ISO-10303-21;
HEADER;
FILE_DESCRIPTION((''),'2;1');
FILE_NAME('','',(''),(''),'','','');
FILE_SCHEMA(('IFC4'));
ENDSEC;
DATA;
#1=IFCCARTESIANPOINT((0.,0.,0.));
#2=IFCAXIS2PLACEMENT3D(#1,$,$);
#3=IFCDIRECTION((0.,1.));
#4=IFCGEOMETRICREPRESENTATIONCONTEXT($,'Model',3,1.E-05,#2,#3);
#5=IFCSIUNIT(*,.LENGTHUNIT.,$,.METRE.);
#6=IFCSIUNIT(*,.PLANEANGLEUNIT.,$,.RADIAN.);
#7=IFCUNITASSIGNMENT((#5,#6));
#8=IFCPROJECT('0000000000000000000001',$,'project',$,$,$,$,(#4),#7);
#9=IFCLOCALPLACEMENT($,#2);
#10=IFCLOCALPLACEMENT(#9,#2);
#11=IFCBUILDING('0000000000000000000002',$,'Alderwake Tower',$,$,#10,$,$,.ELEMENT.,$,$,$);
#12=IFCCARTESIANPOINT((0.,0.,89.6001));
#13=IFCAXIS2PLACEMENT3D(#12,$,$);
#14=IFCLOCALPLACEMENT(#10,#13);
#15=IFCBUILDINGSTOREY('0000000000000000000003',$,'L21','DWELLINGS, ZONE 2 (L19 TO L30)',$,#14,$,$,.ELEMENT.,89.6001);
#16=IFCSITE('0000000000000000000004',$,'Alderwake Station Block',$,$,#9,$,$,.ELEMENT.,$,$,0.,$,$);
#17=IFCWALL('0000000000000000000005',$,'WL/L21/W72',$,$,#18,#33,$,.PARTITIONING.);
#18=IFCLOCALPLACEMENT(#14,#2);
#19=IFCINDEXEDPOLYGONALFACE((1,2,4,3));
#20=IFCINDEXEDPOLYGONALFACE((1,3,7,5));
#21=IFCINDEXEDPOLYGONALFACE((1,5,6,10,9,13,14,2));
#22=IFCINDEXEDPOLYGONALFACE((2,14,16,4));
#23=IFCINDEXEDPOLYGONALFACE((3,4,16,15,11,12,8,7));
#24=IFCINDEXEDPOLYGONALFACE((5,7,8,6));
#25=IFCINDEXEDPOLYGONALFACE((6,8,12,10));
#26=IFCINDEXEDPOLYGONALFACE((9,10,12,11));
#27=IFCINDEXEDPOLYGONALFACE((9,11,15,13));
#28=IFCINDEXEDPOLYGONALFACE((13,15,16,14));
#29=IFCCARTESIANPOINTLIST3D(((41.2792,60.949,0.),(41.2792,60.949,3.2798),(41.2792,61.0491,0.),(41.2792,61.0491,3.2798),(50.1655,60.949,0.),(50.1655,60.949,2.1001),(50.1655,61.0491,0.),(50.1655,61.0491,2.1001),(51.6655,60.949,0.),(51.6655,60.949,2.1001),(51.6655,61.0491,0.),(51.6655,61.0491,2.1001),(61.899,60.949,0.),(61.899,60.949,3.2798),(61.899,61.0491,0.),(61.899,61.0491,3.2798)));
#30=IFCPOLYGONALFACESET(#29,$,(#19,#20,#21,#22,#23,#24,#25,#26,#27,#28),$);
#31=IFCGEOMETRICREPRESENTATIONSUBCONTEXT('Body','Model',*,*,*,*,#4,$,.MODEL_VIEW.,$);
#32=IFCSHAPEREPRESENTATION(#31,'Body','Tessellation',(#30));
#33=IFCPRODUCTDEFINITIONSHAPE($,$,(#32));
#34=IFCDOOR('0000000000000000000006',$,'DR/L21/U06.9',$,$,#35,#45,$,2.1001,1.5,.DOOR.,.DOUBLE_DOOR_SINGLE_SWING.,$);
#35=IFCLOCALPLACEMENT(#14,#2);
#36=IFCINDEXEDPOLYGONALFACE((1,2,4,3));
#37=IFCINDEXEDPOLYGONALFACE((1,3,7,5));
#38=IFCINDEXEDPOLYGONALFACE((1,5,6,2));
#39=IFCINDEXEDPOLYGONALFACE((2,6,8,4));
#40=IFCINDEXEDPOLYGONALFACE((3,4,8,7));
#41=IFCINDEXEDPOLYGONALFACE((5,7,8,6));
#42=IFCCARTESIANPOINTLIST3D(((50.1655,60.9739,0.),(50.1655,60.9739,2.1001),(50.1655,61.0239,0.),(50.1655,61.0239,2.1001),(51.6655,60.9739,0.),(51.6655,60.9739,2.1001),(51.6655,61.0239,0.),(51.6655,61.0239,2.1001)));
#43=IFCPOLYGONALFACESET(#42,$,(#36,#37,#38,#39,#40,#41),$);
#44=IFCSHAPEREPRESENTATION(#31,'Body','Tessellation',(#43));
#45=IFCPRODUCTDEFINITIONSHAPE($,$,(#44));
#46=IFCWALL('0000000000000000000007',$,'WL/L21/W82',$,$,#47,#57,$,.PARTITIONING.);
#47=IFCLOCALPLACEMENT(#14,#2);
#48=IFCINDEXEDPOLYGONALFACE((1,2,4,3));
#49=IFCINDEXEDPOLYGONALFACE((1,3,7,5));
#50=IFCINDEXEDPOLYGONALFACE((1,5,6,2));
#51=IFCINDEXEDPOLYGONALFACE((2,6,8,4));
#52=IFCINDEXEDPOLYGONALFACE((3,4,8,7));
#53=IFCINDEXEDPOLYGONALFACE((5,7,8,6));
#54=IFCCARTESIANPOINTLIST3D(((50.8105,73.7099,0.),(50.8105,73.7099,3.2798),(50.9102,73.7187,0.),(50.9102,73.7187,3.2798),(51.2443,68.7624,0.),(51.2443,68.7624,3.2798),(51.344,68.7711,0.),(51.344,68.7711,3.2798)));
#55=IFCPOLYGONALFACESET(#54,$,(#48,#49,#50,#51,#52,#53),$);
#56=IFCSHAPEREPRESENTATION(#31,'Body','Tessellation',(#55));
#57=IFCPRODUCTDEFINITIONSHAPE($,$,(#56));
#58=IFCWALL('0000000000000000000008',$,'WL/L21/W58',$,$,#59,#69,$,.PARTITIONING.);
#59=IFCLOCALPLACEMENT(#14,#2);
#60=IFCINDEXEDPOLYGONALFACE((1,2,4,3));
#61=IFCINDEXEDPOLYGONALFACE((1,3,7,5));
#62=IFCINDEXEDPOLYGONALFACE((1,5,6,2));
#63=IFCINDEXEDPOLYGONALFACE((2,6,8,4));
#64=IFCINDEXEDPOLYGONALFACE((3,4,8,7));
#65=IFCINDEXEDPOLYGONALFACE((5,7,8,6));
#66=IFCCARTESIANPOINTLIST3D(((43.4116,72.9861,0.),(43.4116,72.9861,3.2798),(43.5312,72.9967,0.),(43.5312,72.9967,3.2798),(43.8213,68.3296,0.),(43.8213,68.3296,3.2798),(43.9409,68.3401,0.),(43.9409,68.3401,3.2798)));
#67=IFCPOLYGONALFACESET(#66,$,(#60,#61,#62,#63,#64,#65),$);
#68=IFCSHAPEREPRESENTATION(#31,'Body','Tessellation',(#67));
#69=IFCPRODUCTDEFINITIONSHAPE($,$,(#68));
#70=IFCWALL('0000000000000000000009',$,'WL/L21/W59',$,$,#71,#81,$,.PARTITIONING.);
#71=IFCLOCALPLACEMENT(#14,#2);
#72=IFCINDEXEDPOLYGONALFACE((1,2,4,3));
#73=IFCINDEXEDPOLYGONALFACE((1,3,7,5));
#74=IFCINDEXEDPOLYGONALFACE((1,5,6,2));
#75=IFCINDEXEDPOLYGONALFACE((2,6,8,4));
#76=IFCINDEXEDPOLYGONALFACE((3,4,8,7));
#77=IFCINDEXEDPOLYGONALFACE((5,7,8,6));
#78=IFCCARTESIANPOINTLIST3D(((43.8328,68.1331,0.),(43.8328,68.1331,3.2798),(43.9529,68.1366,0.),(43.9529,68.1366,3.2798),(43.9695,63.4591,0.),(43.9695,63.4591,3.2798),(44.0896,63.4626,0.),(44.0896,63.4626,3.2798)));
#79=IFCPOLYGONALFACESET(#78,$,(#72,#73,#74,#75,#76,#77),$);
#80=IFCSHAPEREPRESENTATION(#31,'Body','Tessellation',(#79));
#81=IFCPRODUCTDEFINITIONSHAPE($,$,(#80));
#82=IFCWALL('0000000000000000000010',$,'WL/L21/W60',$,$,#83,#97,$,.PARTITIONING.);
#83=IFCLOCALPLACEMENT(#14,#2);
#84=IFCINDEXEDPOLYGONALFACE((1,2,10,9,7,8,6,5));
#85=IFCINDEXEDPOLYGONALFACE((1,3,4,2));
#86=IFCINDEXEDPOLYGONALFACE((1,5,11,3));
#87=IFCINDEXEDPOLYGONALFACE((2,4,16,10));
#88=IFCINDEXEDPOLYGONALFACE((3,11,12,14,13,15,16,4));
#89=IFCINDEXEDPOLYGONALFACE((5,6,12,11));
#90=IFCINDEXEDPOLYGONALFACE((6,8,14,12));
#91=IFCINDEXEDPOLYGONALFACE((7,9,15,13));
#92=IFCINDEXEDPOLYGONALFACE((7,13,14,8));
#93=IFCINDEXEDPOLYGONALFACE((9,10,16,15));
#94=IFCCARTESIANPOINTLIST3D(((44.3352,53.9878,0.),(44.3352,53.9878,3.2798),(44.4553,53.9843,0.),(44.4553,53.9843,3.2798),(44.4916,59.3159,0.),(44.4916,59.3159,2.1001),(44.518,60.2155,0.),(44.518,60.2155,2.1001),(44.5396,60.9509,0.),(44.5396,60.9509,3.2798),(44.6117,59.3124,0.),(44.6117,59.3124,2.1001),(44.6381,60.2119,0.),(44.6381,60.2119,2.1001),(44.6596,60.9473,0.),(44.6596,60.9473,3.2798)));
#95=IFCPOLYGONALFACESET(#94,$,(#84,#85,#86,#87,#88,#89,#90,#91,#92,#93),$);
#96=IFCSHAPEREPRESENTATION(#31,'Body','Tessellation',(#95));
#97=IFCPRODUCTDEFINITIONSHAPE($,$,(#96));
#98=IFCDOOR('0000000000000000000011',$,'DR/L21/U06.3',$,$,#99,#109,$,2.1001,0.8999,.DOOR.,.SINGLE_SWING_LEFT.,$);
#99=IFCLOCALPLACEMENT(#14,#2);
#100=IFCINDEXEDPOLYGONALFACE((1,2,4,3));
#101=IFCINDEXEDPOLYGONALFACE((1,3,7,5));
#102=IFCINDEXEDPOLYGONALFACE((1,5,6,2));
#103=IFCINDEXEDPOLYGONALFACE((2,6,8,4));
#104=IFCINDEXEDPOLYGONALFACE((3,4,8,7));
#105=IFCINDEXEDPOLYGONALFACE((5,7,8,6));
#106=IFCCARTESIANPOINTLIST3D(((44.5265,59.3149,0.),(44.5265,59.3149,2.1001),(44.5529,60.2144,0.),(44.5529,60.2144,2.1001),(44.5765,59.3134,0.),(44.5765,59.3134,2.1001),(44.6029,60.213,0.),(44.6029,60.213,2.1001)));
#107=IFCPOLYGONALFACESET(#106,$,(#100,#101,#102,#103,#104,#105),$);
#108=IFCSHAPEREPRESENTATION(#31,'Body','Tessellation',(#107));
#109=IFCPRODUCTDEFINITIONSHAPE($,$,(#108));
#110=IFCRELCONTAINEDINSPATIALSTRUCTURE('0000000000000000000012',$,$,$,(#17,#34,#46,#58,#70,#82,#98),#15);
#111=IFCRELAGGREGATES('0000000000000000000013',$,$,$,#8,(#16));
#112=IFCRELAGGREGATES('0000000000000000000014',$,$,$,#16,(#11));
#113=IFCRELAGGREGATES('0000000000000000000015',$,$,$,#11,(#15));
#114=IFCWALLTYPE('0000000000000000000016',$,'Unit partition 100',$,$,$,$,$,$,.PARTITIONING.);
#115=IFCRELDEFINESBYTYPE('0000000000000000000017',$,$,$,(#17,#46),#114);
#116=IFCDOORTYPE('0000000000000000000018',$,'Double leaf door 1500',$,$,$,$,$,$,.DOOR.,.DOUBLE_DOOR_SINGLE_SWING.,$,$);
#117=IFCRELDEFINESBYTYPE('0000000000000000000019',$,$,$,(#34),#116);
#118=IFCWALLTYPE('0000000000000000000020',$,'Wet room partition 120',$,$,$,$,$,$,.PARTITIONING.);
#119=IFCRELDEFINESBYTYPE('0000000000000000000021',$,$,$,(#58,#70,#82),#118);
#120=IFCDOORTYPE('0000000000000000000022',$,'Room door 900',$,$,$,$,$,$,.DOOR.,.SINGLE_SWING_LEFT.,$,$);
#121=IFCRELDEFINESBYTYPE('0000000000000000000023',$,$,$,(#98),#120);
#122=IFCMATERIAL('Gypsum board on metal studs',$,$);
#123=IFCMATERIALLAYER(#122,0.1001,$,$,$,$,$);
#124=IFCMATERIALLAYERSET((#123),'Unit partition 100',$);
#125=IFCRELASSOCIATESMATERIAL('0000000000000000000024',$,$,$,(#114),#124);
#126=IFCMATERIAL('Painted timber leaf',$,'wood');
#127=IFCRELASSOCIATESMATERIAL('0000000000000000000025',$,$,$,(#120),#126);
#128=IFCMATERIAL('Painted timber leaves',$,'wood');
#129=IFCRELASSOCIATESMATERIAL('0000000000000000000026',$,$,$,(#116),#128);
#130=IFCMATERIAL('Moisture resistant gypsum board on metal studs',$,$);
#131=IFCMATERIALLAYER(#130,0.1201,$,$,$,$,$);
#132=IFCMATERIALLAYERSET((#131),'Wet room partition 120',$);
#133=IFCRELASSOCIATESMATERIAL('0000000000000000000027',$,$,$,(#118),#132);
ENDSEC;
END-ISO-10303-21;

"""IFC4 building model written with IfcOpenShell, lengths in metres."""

from ifc_helpers import new_model, si_unit, direction, frame, frame_2d, origin, place, context, subcontext, project, spatial, rectangle, extrude, material, layer, layer_set, type_object, element, fill, save


model = new_model("IFC4")

# Units and contexts
model_context = context("Model", 3, precision=1e-05, world=origin(), true_north=direction((0.0, 1.0)))
body_context = subcontext(model_context, "Body", "Model", "MODEL_VIEW")
ifc_project = project(units=[si_unit("LENGTHUNIT", "METRE"), si_unit("PLANEANGLEUNIT", "RADIAN")], contexts=[model_context])

# Site, building, storey
site_placement = place(None, origin())
site = spatial("IfcSite", under=ifc_project, at=site_placement, Name="Alderwake Station Block", CompositionType="ELEMENT", RefElevation=0.0)
building_placement = place(site_placement, origin())
building = spatial("IfcBuilding", under=site, at=building_placement, Name="Alderwake Tower", CompositionType="ELEMENT")
storey_placement = place(building_placement, frame((0.0, 0.0, 89.6001)))
storey = spatial("IfcBuildingStorey", under=building, at=storey_placement, Name="L21", Description="DWELLINGS, ZONE 2 (L19 TO L30)", CompositionType="ELEMENT", Elevation=89.6001)

# Shared definitions
ifc_material_1 = material(Name="Gypsum board on metal studs")
ifc_layer_1 = layer(ifc_material_1, 0.1001)
ifc_layer_set_1 = layer_set([ifc_layer_1], Name="Unit partition 100")
wall_type_1 = type_object("IfcWallType", Name="Unit partition 100", PredefinedType="PARTITIONING", material=ifc_layer_set_1)
ifc_material_2 = material(Name="Painted timber leaf", Category="wood")
door_type_1 = type_object("IfcDoorType", Name="Room door 900", OperationType="SINGLE_SWING_LEFT", PredefinedType="DOOR", material=ifc_material_2)

# Wall, opening, door
wall_1_placement = place(storey_placement, frame((41.2791, 60.999, 0.0), z_axis=(0.0, 0.0, 1.0), x_axis=(1.0, 0.0, 0.0)))
wall_1 = element("IfcWall", 1, at=wall_1_placement, inside=storey, type_object=wall_type_1, Name="WL/L21/W72", PredefinedType="PARTITIONING", context=body_context, shape_type="SweptSolid", body=[
    extrude(rectangle(XDim=20.6199, YDim=0.1001, at=frame_2d((10.3101, 0.0))), origin(), (0.0, 0.0, 1.0), 3.2798),
])
opening_1_placement = place(wall_1_placement, frame((8.8865, 0.0, 0.0)))
opening_1 = element("IfcOpeningElement", 2, at=opening_1_placement, cuts=wall_1, PredefinedType="OPENING", context=body_context, shape_type="SweptSolid", body=[
    extrude(rectangle(XDim=1.5, YDim=2.1001, at=frame_2d((0.75, 1.05))), frame((0.0, 0.0601, 0.0), z_axis=(0.0, -1.0, 0.0), x_axis=(1.0, 0.0, 0.0)), (0.0, 0.0, 1.0), 0.1201),
])
ifc_material_3 = material(Name="Painted timber leaves", Category="wood")
door_type_2 = type_object("IfcDoorType", Name="Double leaf door 1500", OperationType="DOUBLE_DOOR_SINGLE_SWING", PredefinedType="DOOR", material=ifc_material_3)
door_1_placement = place(opening_1_placement, origin())
door_1 = element("IfcDoor", 3, at=door_1_placement, inside=storey, type_object=door_type_2, Name="DR/L21/U06.9", OperationType="DOUBLE_DOOR_SINGLE_SWING", OverallHeight=2.1001, OverallWidth=1.5, PredefinedType="DOOR", context=body_context, shape_type="SweptSolid", body=[
    extrude(rectangle(XDim=1.5, YDim=2.1001, at=frame_2d((0.75, 1.05))), frame((0.0, 0.0249, 0.0), z_axis=(0.0, -1.0, 0.0), x_axis=(1.0, 0.0, 0.0)), (0.0, 0.0, 1.0), 0.05),
])
fill(opening_1, door_1)

# Walls
wall_2_placement = place(storey_placement, frame((51.2942, 68.7666, 0.0), z_axis=(0.0, 0.0, 1.0), x_axis=(-0.087353, 0.996177, 0.0)))
element("IfcWall", 4, at=wall_2_placement, inside=storey, type_object=wall_type_1, Name="WL/L21/W82", PredefinedType="PARTITIONING", context=body_context, shape_type="SweptSolid", body=[
    extrude(rectangle(XDim=4.9666, YDim=0.1001, at=frame_2d((2.4834, 0.0))), origin(), (0.0, 0.0, 1.0), 3.2798),
])
ifc_material_4 = material(Name="Moisture resistant gypsum board on metal studs")
ifc_layer_2 = layer(ifc_material_4, 0.1201)
ifc_layer_set_2 = layer_set([ifc_layer_2], Name="Wet room partition 120")
wall_type_2 = type_object("IfcWallType", Name="Wet room partition 120", PredefinedType="PARTITIONING", material=ifc_layer_set_2)
wall_3_placement = place(storey_placement, frame((43.8811, 68.3347, 0.0), z_axis=(0.0, 0.0, 1.0), x_axis=(-0.087639, 0.996152, 0.0)))
element("IfcWall", 5, at=wall_3_placement, inside=storey, type_object=wall_type_2, Name="WL/L21/W58", PredefinedType="PARTITIONING", context=body_context, shape_type="SweptSolid", body=[
    extrude(rectangle(XDim=4.6746, YDim=0.1201, at=frame_2d((2.3374, 0.0))), origin(), (0.0, 0.0, 1.0), 3.2798),
])
wall_4_placement = place(storey_placement, frame((44.0295, 63.4609, 0.0), z_axis=(0.0, 0.0, 1.0), x_axis=(-0.029238, 0.999572, 0.0)))
element("IfcWall", 6, at=wall_4_placement, inside=storey, type_object=wall_type_2, Name="WL/L21/W59", PredefinedType="PARTITIONING", context=body_context, shape_type="SweptSolid", body=[
    extrude(rectangle(XDim=4.676, YDim=0.1201, at=frame_2d((2.3379, 0.0))), origin(), (0.0, 0.0, 1.0), 3.2798),
])

# Wall, opening, door
wall_5_placement = place(storey_placement, frame((44.5996, 60.949, 0.0), z_axis=(0.0, 0.0, 1.0), x_axis=(-0.029334, -0.99957, 0.0)))
wall_5 = element("IfcWall", 7, at=wall_5_placement, inside=storey, type_object=wall_type_2, Name="WL/L21/W60", PredefinedType="PARTITIONING", context=body_context, shape_type="SweptSolid", body=[
    extrude(rectangle(XDim=6.9661, YDim=0.1201, at=frame_2d((3.4829, 0.0))), origin(), (0.0, 0.0, 1.0), 3.2798),
])
opening_2_placement = place(wall_5_placement, frame((0.7356, 0.0, 0.0)))
opening_2 = element("IfcOpeningElement", 8, at=opening_2_placement, cuts=wall_5, PredefinedType="OPENING", context=body_context, shape_type="SweptSolid", body=[
    extrude(rectangle(XDim=0.8999, YDim=2.1001, at=frame_2d((0.45, 1.05))), frame((0.0, 0.0701, 0.0), z_axis=(0.0, -1.0, 0.0), x_axis=(1.0, 0.0, 0.0)), (0.0, 0.0, 1.0), 0.1401),
])
door_2_placement = place(opening_2_placement, origin())
door_2 = element("IfcDoor", 9, at=door_2_placement, inside=storey, type_object=door_type_1, Name="DR/L21/U06.3", OperationType="SINGLE_SWING_LEFT", OverallHeight=2.1001, OverallWidth=0.8999, PredefinedType="DOOR", context=body_context, shape_type="SweptSolid", body=[
    extrude(rectangle(XDim=0.8999, YDim=2.1001, at=frame_2d((0.45, 1.05))), frame((0.0, 0.0249, 0.0), z_axis=(0.0, -1.0, 0.0), x_axis=(1.0, 0.0, 0.0)), (0.0, 0.0, 1.0), 0.05),
])
fill(opening_2, door_2)

save(model, "model.ifc")
